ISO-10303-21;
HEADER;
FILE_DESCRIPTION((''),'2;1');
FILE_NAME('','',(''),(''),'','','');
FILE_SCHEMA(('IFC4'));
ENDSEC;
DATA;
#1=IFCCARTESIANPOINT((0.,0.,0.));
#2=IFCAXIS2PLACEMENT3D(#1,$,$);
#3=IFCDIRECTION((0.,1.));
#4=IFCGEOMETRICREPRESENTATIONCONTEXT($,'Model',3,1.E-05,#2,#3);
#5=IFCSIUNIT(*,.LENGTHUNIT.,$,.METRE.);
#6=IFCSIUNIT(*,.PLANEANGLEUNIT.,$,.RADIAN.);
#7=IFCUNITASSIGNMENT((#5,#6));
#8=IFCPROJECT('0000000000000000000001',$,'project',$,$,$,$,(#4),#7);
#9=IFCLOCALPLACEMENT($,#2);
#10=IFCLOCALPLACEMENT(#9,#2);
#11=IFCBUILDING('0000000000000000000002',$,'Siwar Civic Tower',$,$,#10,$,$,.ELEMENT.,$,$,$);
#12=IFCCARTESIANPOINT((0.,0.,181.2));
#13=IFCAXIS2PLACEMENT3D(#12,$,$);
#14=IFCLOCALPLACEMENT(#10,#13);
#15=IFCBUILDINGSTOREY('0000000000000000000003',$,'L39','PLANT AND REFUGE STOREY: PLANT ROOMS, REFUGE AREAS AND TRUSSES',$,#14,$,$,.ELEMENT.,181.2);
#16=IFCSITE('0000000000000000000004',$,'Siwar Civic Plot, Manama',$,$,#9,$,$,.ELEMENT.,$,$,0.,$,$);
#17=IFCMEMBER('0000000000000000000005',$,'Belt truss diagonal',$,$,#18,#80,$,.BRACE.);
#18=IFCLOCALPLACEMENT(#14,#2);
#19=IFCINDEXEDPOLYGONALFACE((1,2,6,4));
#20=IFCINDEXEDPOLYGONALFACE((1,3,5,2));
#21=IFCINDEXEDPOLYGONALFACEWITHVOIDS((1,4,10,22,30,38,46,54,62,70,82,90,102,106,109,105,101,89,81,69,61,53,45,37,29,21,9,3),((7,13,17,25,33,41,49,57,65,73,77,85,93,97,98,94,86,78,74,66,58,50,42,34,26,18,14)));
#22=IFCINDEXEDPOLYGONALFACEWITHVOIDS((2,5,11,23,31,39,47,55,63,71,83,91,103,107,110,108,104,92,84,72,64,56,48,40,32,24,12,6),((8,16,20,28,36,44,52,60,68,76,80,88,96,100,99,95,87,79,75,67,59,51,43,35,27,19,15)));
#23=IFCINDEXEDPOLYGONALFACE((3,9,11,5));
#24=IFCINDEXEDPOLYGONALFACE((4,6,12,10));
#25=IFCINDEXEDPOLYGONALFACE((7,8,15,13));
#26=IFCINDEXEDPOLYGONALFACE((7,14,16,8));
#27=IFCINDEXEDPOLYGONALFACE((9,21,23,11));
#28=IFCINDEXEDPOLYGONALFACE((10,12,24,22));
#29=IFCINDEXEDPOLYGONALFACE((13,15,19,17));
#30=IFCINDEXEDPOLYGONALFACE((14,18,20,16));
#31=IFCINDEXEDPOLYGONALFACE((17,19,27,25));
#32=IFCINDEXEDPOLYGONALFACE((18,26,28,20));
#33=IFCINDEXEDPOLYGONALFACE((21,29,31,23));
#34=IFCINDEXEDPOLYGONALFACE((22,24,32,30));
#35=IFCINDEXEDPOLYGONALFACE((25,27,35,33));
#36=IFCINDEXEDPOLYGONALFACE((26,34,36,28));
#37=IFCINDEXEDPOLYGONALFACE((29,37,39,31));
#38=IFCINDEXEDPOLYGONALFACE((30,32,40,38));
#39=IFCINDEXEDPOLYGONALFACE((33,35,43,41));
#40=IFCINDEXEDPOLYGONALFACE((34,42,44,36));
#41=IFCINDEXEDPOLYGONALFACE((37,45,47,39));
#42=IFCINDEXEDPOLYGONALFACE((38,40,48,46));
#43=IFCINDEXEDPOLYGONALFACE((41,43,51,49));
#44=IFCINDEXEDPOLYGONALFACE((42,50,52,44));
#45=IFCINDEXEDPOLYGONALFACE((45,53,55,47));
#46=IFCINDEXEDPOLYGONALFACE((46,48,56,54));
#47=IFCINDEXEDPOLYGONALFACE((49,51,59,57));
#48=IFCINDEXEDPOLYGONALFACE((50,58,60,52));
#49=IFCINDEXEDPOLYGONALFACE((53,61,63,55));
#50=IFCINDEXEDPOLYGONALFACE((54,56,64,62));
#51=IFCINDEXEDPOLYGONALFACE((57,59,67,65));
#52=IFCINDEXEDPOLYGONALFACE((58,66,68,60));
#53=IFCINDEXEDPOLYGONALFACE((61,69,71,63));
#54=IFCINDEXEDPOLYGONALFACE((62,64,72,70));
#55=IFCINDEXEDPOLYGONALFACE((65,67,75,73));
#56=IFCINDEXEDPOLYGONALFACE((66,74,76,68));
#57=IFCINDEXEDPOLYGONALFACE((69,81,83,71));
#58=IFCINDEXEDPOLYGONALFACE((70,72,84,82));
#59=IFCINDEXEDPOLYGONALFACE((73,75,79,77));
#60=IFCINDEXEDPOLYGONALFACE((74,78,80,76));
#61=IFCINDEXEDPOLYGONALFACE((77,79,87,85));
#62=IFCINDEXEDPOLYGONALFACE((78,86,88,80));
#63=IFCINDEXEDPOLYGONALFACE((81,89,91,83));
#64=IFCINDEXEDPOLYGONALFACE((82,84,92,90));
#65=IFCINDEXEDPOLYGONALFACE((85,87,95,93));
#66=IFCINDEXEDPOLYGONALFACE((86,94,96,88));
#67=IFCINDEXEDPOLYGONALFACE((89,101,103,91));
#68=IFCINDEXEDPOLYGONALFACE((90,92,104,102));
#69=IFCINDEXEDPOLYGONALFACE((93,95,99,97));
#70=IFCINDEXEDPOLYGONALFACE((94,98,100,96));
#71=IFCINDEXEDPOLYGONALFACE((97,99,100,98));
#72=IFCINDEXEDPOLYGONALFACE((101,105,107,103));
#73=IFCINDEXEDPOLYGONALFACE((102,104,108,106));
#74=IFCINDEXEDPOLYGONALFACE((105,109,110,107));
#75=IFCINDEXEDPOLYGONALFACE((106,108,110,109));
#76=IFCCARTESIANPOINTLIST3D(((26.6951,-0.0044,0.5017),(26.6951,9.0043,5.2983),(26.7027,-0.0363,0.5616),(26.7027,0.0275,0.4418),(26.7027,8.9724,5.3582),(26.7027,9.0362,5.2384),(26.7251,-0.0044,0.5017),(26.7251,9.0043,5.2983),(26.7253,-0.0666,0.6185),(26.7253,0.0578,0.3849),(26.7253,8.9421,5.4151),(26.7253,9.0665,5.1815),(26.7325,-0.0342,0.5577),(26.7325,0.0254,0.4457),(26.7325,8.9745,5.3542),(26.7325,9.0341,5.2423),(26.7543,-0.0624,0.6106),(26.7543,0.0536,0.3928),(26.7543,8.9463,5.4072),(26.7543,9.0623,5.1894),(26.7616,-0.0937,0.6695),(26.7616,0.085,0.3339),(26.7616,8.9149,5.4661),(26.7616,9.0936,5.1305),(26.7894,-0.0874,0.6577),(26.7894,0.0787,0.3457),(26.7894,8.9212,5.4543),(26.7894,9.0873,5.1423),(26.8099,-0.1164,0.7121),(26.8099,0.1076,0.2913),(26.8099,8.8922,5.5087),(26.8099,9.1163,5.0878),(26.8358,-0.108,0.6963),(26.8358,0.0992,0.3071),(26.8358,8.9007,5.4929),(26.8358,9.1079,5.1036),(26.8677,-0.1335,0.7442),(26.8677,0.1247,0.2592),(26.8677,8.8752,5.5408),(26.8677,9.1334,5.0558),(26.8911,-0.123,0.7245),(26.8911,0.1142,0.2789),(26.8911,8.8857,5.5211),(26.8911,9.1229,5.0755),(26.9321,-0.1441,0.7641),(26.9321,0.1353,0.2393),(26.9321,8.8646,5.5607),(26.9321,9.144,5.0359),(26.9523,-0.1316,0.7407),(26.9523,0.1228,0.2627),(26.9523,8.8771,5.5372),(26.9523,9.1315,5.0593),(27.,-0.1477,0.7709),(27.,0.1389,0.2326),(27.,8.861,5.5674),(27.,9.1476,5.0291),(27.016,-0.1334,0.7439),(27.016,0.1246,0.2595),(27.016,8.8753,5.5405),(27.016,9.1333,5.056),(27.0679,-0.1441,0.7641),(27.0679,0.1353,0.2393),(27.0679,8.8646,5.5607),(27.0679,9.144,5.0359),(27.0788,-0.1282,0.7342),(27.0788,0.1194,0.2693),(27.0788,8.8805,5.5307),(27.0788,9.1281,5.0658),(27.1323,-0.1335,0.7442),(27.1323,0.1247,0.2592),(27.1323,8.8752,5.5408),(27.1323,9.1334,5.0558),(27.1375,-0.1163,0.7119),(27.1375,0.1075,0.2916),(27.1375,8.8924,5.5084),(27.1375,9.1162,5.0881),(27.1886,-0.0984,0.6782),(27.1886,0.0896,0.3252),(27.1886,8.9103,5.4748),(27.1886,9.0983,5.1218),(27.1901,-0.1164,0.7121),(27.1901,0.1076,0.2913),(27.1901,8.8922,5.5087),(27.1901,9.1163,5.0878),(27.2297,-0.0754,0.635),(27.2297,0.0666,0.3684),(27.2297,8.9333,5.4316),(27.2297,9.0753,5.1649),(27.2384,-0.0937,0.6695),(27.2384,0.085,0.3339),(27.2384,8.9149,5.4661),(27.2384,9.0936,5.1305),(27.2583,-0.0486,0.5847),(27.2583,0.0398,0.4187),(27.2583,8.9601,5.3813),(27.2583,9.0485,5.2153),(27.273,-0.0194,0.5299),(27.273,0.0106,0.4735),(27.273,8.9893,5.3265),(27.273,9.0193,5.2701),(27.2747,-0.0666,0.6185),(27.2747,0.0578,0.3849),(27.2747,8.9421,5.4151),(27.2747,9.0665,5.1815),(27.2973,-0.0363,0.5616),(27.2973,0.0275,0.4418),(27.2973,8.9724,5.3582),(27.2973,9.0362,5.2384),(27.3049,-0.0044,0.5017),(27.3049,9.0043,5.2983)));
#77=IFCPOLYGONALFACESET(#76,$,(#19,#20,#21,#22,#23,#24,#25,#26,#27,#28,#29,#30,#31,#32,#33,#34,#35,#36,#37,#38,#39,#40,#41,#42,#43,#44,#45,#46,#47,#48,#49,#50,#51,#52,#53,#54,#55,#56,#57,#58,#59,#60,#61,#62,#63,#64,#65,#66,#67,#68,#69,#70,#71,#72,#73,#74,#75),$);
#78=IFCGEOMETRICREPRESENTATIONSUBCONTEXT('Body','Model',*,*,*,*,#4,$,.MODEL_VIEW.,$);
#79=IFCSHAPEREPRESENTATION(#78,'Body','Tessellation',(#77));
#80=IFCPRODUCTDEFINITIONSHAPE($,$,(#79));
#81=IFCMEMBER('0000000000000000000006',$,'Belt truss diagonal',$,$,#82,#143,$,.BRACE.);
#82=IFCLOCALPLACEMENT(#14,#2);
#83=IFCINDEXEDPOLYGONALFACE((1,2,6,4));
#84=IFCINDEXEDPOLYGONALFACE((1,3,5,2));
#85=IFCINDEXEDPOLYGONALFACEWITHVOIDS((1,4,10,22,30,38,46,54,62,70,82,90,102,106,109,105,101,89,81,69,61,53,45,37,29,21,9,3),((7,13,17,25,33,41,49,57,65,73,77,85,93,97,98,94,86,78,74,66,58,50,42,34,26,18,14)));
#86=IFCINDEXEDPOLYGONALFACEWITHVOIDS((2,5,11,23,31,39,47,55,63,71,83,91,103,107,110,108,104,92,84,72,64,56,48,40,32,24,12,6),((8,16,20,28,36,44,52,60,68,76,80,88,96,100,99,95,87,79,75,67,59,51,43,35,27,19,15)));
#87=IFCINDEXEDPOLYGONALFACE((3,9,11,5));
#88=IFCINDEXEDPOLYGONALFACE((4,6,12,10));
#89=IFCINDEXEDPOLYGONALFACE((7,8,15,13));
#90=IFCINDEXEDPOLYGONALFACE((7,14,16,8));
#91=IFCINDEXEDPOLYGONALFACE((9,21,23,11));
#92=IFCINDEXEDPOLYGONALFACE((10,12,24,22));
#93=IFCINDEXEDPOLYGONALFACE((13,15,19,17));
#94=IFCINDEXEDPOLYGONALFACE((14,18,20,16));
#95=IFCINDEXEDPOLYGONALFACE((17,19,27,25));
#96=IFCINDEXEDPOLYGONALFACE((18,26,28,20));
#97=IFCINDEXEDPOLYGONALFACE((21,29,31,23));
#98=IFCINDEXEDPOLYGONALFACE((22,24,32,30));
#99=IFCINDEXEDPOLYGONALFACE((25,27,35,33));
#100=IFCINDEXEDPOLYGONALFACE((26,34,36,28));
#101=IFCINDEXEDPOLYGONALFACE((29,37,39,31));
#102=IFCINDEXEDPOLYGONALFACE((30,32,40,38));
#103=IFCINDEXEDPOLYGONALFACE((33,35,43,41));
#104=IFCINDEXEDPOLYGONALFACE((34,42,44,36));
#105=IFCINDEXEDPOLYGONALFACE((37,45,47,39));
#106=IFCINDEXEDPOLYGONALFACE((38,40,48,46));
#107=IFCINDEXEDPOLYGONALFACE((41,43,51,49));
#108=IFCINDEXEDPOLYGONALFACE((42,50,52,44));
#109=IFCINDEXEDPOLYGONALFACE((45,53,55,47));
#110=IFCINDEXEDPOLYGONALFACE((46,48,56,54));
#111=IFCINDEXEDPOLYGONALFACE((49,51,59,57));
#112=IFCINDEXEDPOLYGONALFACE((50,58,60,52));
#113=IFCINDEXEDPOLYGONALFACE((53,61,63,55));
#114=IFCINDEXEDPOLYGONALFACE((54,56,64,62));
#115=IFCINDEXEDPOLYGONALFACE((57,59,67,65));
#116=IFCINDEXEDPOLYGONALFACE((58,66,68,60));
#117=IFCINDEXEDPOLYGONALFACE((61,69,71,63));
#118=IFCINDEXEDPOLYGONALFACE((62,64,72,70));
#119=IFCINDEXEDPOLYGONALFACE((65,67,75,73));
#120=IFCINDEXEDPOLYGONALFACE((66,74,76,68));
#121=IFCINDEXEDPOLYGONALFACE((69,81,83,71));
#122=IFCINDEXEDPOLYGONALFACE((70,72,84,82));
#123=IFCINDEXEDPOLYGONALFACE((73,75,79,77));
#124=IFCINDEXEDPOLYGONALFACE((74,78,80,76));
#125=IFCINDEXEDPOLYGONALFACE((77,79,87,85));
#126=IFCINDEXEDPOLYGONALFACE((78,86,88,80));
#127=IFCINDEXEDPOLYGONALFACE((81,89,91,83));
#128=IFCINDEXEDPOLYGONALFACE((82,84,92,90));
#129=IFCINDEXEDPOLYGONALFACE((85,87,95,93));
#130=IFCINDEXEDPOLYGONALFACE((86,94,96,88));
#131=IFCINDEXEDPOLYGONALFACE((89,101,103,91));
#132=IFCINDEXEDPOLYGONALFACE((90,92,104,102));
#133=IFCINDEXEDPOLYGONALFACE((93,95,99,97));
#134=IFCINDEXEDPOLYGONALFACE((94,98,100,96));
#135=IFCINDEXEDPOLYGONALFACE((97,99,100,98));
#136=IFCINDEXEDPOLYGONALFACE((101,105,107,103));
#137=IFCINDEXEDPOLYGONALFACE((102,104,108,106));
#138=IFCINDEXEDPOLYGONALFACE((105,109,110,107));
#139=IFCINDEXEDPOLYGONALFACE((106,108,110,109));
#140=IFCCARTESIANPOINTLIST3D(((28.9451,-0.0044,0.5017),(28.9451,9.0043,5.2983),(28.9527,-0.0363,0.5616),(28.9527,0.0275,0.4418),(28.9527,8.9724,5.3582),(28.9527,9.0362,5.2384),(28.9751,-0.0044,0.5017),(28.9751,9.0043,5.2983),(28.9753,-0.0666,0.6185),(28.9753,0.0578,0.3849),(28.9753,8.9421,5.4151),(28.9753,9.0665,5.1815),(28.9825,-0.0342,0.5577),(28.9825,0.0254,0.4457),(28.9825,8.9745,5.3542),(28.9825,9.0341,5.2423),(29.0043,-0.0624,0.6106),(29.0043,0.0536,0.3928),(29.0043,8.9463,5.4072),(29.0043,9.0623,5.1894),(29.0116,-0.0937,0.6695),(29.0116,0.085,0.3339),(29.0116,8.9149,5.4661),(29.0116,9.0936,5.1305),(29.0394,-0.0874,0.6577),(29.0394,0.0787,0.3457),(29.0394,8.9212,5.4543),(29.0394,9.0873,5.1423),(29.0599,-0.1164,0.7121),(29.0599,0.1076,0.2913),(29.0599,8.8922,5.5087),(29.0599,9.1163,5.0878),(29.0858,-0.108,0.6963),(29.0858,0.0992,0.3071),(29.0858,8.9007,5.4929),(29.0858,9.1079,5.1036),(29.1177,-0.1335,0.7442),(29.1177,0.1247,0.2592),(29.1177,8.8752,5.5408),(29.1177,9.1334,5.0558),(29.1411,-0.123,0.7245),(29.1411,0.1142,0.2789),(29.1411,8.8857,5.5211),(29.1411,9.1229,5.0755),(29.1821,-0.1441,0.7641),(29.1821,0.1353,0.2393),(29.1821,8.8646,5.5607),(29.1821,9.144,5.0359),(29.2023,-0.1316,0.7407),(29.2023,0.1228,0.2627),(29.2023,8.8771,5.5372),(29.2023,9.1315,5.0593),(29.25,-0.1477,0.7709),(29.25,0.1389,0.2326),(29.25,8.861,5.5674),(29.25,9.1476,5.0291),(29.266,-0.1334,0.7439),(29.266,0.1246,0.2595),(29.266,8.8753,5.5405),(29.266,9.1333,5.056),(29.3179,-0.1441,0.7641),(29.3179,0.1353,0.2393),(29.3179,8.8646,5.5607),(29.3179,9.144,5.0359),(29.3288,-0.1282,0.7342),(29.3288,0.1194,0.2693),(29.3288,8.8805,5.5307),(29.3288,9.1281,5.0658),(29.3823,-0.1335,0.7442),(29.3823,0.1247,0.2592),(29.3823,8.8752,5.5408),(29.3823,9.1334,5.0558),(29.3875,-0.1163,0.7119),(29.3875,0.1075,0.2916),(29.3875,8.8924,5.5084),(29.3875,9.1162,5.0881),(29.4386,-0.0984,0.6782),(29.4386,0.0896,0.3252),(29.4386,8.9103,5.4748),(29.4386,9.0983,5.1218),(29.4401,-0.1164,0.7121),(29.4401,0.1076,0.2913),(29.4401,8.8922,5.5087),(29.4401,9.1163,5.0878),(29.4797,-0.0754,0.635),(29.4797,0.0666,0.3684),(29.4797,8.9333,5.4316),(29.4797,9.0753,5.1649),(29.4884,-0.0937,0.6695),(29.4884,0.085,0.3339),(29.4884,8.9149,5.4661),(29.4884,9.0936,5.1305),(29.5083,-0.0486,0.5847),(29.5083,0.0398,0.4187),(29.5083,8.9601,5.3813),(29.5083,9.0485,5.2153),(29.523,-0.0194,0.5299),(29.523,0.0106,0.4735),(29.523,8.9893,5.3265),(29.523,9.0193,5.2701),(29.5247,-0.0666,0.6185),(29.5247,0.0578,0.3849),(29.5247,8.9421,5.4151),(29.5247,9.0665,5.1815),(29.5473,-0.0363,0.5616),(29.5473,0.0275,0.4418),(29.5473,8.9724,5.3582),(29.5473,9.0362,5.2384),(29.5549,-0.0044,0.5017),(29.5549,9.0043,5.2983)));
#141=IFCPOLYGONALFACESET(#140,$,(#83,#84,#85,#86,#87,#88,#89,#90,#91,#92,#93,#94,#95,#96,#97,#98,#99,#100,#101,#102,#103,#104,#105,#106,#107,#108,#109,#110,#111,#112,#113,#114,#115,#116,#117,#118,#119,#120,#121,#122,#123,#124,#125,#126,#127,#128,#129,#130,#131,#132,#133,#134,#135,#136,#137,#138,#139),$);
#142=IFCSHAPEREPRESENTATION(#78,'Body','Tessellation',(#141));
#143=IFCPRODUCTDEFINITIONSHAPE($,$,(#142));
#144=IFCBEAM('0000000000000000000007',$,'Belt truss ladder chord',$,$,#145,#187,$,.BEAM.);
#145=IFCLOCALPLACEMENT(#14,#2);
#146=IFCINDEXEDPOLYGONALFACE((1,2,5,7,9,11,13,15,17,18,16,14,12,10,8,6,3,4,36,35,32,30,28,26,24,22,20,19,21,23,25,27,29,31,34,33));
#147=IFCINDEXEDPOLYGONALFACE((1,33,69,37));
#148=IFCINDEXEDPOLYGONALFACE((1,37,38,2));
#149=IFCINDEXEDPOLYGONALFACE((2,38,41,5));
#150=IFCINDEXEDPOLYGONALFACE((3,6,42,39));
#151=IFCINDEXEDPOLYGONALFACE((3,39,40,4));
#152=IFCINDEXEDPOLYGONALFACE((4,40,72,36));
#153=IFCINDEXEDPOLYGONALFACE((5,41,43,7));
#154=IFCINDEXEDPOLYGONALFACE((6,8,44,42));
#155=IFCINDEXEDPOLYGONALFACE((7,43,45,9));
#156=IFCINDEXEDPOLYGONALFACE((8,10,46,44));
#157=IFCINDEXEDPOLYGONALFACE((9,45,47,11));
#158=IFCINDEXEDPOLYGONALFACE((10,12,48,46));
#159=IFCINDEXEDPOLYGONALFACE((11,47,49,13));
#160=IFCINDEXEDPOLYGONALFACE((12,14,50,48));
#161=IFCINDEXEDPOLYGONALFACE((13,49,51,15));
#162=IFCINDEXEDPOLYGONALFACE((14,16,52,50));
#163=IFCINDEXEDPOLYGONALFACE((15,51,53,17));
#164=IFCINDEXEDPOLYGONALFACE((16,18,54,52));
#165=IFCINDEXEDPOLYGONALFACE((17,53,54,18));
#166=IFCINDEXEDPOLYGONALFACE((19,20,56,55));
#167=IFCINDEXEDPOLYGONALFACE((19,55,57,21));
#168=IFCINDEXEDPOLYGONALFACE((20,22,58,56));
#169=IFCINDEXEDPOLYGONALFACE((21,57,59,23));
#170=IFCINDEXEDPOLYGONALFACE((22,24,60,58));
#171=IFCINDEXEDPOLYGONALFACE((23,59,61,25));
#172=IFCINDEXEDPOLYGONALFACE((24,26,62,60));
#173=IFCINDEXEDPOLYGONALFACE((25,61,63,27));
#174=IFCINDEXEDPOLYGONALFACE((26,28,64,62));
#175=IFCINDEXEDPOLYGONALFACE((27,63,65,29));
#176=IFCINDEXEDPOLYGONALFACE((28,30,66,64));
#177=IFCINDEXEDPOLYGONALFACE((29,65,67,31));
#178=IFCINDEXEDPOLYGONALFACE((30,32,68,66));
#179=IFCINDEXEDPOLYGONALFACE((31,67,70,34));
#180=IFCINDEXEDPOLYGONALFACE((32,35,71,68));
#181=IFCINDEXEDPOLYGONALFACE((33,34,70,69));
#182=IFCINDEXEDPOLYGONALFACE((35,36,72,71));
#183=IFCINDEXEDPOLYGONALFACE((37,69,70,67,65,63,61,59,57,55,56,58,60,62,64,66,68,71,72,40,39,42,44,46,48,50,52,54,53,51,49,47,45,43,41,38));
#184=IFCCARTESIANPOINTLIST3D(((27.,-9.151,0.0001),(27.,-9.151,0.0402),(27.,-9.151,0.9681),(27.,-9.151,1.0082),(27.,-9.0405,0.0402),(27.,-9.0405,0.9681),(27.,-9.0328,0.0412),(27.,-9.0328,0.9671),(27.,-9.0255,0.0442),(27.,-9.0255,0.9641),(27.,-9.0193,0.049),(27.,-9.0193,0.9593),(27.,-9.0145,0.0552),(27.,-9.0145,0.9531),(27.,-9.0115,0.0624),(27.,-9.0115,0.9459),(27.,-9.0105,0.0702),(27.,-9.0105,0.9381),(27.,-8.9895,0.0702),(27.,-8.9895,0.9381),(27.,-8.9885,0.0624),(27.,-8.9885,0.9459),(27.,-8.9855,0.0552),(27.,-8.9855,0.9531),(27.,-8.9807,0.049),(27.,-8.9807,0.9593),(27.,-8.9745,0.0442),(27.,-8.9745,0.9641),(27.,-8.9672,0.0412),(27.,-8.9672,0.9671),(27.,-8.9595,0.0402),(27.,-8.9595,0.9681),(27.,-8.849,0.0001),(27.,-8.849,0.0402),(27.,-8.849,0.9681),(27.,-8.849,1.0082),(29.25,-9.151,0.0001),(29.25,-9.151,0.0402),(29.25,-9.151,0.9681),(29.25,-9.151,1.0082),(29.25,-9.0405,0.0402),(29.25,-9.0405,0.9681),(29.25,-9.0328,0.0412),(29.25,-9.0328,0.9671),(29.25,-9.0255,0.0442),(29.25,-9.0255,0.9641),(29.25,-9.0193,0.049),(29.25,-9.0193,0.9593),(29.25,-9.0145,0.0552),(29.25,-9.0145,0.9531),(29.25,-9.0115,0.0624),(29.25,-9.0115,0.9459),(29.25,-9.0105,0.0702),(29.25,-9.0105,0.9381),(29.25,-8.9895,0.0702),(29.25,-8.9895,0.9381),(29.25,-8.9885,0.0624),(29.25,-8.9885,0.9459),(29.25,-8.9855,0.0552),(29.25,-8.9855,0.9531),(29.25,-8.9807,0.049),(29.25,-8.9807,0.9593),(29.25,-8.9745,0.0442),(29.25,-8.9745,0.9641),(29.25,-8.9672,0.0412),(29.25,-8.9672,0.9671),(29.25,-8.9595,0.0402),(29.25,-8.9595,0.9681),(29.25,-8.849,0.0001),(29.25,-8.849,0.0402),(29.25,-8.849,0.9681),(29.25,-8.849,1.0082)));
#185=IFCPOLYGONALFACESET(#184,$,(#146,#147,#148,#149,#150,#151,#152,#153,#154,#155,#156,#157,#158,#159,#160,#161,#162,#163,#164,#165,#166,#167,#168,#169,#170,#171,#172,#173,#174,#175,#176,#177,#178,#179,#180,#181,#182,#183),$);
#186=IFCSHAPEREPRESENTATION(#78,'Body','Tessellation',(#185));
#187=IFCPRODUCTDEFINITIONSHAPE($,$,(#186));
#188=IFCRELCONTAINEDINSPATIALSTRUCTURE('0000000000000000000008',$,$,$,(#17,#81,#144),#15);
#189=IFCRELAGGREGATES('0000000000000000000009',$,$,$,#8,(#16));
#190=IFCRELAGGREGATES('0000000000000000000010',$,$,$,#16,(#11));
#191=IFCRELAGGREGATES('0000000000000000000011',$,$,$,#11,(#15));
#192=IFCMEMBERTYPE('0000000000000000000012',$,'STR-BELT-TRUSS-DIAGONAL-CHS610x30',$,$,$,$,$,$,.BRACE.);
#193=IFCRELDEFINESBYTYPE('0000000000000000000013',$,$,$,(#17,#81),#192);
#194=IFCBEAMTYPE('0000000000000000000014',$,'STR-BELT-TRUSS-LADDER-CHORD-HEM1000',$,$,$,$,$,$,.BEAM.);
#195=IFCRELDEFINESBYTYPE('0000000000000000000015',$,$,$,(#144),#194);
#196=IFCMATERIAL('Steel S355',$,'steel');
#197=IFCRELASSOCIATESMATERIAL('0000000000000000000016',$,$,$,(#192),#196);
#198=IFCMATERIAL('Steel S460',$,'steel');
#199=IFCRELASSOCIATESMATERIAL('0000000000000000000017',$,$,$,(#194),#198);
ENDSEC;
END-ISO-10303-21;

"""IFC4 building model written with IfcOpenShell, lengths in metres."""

from ifc_helpers import new_model, si_unit, direction, frame, origin, origin_2d, place, context, subcontext, project, spatial, hollow_circle, i_section, extrude, material, material_profile, profile_set, type_object, element, save


model = new_model("IFC4")

# Units and contexts
model_context = context("Model", 3, precision=1e-05, world=origin(), true_north=direction((0.0, 1.0)))
body_context = subcontext(model_context, "Body", "Model", "MODEL_VIEW")
ifc_project = project(units=[si_unit("LENGTHUNIT", "METRE"), si_unit("PLANEANGLEUNIT", "RADIAN")], contexts=[model_context])

# Site, building, storey
site_placement = place(None, origin())
site = spatial("IfcSite", under=ifc_project, at=site_placement, Name="Siwar Civic Plot, Manama", CompositionType="ELEMENT", RefElevation=0.0)
building_placement = place(site_placement, origin())
building = spatial("IfcBuilding", under=site, at=building_placement, Name="Siwar Civic Tower", CompositionType="ELEMENT")
storey_placement = place(building_placement, frame((0.0, 0.0, 181.2)))
storey = spatial("IfcBuildingStorey", under=building, at=storey_placement, Name="L39", Description="PLANT AND REFUGE STOREY: PLANT ROOMS, REFUGE AREAS AND TRUSSES", CompositionType="ELEMENT", Elevation=181.2)

# Members
ifc_material_1 = material(Name="Steel S355", Category="steel")
ifc_material_profile_1 = material_profile(ifc_material_1, hollow_circle(Radius=0.3049, WallThickness=0.03, at=origin_2d()), Name="CHS610x30")
ifc_profile_set_1 = profile_set([ifc_material_profile_1], Name="Steel S355")
member_type_1 = type_object("IfcMemberType", Name="STR-BELT-TRUSS-DIAGONAL-CHS610x30", PredefinedType="BRACE", material=ifc_profile_set_1)
for number, where, z_axis, x_axis, name in (
    (1, (27.0, -0.0044, 0.5017), (0.0, 0.882681, 0.469974), (-1.0, 0.0, 0.0), "Belt truss diagonal"),
    (2, (29.25, -0.0044, 0.5017), (0.0, 0.882681, 0.469974), (-1.0, 0.0, 0.0), "Belt truss diagonal"),
):
    element("IfcMember", number, at=place(storey_placement, frame(where, z_axis=z_axis, x_axis=x_axis)), inside=storey, type_object=member_type_1, Name=name, PredefinedType="BRACE", context=body_context, shape_type="SweptSolid", body=[
        extrude(hollow_circle(Radius=0.3049, WallThickness=0.03, at=origin_2d()), origin(), (0.0, 0.0, 1.0), 10.2061),
    ])

# Beam
ifc_material_2 = material(Name="Steel S460", Category="steel")
ifc_material_profile_2 = material_profile(ifc_material_2, i_section(OverallWidth=0.302, OverallDepth=1.0081, WebThickness=0.021, FlangeThickness=0.04, FilletRadius=0.03, at=origin_2d()), Name="HEM1000")
ifc_profile_set_2 = profile_set([ifc_material_profile_2], Name="Steel S460")
beam_type_1 = type_object("IfcBeamType", Name="STR-BELT-TRUSS-LADDER-CHORD-HEM1000", PredefinedType="BEAM", material=ifc_profile_set_2)
for number, where, z_axis, x_axis, name in (
    (3, (27.0, -9.0, 0.5042), (1.0, 0.0, 0.0), (0.0, 1.0, 0.0), "Belt truss ladder chord"),
):
    element("IfcBeam", number, at=place(storey_placement, frame(where, z_axis=z_axis, x_axis=x_axis)), inside=storey, type_object=beam_type_1, Name=name, PredefinedType="BEAM", context=body_context, shape_type="SweptSolid", body=[
        extrude(i_section(OverallWidth=0.302, OverallDepth=1.0081, WebThickness=0.021, FlangeThickness=0.04, FilletRadius=0.03, at=origin_2d()), origin(), (0.0, 0.0, 1.0), 2.25),
    ])

save(model, "model.ifc")
